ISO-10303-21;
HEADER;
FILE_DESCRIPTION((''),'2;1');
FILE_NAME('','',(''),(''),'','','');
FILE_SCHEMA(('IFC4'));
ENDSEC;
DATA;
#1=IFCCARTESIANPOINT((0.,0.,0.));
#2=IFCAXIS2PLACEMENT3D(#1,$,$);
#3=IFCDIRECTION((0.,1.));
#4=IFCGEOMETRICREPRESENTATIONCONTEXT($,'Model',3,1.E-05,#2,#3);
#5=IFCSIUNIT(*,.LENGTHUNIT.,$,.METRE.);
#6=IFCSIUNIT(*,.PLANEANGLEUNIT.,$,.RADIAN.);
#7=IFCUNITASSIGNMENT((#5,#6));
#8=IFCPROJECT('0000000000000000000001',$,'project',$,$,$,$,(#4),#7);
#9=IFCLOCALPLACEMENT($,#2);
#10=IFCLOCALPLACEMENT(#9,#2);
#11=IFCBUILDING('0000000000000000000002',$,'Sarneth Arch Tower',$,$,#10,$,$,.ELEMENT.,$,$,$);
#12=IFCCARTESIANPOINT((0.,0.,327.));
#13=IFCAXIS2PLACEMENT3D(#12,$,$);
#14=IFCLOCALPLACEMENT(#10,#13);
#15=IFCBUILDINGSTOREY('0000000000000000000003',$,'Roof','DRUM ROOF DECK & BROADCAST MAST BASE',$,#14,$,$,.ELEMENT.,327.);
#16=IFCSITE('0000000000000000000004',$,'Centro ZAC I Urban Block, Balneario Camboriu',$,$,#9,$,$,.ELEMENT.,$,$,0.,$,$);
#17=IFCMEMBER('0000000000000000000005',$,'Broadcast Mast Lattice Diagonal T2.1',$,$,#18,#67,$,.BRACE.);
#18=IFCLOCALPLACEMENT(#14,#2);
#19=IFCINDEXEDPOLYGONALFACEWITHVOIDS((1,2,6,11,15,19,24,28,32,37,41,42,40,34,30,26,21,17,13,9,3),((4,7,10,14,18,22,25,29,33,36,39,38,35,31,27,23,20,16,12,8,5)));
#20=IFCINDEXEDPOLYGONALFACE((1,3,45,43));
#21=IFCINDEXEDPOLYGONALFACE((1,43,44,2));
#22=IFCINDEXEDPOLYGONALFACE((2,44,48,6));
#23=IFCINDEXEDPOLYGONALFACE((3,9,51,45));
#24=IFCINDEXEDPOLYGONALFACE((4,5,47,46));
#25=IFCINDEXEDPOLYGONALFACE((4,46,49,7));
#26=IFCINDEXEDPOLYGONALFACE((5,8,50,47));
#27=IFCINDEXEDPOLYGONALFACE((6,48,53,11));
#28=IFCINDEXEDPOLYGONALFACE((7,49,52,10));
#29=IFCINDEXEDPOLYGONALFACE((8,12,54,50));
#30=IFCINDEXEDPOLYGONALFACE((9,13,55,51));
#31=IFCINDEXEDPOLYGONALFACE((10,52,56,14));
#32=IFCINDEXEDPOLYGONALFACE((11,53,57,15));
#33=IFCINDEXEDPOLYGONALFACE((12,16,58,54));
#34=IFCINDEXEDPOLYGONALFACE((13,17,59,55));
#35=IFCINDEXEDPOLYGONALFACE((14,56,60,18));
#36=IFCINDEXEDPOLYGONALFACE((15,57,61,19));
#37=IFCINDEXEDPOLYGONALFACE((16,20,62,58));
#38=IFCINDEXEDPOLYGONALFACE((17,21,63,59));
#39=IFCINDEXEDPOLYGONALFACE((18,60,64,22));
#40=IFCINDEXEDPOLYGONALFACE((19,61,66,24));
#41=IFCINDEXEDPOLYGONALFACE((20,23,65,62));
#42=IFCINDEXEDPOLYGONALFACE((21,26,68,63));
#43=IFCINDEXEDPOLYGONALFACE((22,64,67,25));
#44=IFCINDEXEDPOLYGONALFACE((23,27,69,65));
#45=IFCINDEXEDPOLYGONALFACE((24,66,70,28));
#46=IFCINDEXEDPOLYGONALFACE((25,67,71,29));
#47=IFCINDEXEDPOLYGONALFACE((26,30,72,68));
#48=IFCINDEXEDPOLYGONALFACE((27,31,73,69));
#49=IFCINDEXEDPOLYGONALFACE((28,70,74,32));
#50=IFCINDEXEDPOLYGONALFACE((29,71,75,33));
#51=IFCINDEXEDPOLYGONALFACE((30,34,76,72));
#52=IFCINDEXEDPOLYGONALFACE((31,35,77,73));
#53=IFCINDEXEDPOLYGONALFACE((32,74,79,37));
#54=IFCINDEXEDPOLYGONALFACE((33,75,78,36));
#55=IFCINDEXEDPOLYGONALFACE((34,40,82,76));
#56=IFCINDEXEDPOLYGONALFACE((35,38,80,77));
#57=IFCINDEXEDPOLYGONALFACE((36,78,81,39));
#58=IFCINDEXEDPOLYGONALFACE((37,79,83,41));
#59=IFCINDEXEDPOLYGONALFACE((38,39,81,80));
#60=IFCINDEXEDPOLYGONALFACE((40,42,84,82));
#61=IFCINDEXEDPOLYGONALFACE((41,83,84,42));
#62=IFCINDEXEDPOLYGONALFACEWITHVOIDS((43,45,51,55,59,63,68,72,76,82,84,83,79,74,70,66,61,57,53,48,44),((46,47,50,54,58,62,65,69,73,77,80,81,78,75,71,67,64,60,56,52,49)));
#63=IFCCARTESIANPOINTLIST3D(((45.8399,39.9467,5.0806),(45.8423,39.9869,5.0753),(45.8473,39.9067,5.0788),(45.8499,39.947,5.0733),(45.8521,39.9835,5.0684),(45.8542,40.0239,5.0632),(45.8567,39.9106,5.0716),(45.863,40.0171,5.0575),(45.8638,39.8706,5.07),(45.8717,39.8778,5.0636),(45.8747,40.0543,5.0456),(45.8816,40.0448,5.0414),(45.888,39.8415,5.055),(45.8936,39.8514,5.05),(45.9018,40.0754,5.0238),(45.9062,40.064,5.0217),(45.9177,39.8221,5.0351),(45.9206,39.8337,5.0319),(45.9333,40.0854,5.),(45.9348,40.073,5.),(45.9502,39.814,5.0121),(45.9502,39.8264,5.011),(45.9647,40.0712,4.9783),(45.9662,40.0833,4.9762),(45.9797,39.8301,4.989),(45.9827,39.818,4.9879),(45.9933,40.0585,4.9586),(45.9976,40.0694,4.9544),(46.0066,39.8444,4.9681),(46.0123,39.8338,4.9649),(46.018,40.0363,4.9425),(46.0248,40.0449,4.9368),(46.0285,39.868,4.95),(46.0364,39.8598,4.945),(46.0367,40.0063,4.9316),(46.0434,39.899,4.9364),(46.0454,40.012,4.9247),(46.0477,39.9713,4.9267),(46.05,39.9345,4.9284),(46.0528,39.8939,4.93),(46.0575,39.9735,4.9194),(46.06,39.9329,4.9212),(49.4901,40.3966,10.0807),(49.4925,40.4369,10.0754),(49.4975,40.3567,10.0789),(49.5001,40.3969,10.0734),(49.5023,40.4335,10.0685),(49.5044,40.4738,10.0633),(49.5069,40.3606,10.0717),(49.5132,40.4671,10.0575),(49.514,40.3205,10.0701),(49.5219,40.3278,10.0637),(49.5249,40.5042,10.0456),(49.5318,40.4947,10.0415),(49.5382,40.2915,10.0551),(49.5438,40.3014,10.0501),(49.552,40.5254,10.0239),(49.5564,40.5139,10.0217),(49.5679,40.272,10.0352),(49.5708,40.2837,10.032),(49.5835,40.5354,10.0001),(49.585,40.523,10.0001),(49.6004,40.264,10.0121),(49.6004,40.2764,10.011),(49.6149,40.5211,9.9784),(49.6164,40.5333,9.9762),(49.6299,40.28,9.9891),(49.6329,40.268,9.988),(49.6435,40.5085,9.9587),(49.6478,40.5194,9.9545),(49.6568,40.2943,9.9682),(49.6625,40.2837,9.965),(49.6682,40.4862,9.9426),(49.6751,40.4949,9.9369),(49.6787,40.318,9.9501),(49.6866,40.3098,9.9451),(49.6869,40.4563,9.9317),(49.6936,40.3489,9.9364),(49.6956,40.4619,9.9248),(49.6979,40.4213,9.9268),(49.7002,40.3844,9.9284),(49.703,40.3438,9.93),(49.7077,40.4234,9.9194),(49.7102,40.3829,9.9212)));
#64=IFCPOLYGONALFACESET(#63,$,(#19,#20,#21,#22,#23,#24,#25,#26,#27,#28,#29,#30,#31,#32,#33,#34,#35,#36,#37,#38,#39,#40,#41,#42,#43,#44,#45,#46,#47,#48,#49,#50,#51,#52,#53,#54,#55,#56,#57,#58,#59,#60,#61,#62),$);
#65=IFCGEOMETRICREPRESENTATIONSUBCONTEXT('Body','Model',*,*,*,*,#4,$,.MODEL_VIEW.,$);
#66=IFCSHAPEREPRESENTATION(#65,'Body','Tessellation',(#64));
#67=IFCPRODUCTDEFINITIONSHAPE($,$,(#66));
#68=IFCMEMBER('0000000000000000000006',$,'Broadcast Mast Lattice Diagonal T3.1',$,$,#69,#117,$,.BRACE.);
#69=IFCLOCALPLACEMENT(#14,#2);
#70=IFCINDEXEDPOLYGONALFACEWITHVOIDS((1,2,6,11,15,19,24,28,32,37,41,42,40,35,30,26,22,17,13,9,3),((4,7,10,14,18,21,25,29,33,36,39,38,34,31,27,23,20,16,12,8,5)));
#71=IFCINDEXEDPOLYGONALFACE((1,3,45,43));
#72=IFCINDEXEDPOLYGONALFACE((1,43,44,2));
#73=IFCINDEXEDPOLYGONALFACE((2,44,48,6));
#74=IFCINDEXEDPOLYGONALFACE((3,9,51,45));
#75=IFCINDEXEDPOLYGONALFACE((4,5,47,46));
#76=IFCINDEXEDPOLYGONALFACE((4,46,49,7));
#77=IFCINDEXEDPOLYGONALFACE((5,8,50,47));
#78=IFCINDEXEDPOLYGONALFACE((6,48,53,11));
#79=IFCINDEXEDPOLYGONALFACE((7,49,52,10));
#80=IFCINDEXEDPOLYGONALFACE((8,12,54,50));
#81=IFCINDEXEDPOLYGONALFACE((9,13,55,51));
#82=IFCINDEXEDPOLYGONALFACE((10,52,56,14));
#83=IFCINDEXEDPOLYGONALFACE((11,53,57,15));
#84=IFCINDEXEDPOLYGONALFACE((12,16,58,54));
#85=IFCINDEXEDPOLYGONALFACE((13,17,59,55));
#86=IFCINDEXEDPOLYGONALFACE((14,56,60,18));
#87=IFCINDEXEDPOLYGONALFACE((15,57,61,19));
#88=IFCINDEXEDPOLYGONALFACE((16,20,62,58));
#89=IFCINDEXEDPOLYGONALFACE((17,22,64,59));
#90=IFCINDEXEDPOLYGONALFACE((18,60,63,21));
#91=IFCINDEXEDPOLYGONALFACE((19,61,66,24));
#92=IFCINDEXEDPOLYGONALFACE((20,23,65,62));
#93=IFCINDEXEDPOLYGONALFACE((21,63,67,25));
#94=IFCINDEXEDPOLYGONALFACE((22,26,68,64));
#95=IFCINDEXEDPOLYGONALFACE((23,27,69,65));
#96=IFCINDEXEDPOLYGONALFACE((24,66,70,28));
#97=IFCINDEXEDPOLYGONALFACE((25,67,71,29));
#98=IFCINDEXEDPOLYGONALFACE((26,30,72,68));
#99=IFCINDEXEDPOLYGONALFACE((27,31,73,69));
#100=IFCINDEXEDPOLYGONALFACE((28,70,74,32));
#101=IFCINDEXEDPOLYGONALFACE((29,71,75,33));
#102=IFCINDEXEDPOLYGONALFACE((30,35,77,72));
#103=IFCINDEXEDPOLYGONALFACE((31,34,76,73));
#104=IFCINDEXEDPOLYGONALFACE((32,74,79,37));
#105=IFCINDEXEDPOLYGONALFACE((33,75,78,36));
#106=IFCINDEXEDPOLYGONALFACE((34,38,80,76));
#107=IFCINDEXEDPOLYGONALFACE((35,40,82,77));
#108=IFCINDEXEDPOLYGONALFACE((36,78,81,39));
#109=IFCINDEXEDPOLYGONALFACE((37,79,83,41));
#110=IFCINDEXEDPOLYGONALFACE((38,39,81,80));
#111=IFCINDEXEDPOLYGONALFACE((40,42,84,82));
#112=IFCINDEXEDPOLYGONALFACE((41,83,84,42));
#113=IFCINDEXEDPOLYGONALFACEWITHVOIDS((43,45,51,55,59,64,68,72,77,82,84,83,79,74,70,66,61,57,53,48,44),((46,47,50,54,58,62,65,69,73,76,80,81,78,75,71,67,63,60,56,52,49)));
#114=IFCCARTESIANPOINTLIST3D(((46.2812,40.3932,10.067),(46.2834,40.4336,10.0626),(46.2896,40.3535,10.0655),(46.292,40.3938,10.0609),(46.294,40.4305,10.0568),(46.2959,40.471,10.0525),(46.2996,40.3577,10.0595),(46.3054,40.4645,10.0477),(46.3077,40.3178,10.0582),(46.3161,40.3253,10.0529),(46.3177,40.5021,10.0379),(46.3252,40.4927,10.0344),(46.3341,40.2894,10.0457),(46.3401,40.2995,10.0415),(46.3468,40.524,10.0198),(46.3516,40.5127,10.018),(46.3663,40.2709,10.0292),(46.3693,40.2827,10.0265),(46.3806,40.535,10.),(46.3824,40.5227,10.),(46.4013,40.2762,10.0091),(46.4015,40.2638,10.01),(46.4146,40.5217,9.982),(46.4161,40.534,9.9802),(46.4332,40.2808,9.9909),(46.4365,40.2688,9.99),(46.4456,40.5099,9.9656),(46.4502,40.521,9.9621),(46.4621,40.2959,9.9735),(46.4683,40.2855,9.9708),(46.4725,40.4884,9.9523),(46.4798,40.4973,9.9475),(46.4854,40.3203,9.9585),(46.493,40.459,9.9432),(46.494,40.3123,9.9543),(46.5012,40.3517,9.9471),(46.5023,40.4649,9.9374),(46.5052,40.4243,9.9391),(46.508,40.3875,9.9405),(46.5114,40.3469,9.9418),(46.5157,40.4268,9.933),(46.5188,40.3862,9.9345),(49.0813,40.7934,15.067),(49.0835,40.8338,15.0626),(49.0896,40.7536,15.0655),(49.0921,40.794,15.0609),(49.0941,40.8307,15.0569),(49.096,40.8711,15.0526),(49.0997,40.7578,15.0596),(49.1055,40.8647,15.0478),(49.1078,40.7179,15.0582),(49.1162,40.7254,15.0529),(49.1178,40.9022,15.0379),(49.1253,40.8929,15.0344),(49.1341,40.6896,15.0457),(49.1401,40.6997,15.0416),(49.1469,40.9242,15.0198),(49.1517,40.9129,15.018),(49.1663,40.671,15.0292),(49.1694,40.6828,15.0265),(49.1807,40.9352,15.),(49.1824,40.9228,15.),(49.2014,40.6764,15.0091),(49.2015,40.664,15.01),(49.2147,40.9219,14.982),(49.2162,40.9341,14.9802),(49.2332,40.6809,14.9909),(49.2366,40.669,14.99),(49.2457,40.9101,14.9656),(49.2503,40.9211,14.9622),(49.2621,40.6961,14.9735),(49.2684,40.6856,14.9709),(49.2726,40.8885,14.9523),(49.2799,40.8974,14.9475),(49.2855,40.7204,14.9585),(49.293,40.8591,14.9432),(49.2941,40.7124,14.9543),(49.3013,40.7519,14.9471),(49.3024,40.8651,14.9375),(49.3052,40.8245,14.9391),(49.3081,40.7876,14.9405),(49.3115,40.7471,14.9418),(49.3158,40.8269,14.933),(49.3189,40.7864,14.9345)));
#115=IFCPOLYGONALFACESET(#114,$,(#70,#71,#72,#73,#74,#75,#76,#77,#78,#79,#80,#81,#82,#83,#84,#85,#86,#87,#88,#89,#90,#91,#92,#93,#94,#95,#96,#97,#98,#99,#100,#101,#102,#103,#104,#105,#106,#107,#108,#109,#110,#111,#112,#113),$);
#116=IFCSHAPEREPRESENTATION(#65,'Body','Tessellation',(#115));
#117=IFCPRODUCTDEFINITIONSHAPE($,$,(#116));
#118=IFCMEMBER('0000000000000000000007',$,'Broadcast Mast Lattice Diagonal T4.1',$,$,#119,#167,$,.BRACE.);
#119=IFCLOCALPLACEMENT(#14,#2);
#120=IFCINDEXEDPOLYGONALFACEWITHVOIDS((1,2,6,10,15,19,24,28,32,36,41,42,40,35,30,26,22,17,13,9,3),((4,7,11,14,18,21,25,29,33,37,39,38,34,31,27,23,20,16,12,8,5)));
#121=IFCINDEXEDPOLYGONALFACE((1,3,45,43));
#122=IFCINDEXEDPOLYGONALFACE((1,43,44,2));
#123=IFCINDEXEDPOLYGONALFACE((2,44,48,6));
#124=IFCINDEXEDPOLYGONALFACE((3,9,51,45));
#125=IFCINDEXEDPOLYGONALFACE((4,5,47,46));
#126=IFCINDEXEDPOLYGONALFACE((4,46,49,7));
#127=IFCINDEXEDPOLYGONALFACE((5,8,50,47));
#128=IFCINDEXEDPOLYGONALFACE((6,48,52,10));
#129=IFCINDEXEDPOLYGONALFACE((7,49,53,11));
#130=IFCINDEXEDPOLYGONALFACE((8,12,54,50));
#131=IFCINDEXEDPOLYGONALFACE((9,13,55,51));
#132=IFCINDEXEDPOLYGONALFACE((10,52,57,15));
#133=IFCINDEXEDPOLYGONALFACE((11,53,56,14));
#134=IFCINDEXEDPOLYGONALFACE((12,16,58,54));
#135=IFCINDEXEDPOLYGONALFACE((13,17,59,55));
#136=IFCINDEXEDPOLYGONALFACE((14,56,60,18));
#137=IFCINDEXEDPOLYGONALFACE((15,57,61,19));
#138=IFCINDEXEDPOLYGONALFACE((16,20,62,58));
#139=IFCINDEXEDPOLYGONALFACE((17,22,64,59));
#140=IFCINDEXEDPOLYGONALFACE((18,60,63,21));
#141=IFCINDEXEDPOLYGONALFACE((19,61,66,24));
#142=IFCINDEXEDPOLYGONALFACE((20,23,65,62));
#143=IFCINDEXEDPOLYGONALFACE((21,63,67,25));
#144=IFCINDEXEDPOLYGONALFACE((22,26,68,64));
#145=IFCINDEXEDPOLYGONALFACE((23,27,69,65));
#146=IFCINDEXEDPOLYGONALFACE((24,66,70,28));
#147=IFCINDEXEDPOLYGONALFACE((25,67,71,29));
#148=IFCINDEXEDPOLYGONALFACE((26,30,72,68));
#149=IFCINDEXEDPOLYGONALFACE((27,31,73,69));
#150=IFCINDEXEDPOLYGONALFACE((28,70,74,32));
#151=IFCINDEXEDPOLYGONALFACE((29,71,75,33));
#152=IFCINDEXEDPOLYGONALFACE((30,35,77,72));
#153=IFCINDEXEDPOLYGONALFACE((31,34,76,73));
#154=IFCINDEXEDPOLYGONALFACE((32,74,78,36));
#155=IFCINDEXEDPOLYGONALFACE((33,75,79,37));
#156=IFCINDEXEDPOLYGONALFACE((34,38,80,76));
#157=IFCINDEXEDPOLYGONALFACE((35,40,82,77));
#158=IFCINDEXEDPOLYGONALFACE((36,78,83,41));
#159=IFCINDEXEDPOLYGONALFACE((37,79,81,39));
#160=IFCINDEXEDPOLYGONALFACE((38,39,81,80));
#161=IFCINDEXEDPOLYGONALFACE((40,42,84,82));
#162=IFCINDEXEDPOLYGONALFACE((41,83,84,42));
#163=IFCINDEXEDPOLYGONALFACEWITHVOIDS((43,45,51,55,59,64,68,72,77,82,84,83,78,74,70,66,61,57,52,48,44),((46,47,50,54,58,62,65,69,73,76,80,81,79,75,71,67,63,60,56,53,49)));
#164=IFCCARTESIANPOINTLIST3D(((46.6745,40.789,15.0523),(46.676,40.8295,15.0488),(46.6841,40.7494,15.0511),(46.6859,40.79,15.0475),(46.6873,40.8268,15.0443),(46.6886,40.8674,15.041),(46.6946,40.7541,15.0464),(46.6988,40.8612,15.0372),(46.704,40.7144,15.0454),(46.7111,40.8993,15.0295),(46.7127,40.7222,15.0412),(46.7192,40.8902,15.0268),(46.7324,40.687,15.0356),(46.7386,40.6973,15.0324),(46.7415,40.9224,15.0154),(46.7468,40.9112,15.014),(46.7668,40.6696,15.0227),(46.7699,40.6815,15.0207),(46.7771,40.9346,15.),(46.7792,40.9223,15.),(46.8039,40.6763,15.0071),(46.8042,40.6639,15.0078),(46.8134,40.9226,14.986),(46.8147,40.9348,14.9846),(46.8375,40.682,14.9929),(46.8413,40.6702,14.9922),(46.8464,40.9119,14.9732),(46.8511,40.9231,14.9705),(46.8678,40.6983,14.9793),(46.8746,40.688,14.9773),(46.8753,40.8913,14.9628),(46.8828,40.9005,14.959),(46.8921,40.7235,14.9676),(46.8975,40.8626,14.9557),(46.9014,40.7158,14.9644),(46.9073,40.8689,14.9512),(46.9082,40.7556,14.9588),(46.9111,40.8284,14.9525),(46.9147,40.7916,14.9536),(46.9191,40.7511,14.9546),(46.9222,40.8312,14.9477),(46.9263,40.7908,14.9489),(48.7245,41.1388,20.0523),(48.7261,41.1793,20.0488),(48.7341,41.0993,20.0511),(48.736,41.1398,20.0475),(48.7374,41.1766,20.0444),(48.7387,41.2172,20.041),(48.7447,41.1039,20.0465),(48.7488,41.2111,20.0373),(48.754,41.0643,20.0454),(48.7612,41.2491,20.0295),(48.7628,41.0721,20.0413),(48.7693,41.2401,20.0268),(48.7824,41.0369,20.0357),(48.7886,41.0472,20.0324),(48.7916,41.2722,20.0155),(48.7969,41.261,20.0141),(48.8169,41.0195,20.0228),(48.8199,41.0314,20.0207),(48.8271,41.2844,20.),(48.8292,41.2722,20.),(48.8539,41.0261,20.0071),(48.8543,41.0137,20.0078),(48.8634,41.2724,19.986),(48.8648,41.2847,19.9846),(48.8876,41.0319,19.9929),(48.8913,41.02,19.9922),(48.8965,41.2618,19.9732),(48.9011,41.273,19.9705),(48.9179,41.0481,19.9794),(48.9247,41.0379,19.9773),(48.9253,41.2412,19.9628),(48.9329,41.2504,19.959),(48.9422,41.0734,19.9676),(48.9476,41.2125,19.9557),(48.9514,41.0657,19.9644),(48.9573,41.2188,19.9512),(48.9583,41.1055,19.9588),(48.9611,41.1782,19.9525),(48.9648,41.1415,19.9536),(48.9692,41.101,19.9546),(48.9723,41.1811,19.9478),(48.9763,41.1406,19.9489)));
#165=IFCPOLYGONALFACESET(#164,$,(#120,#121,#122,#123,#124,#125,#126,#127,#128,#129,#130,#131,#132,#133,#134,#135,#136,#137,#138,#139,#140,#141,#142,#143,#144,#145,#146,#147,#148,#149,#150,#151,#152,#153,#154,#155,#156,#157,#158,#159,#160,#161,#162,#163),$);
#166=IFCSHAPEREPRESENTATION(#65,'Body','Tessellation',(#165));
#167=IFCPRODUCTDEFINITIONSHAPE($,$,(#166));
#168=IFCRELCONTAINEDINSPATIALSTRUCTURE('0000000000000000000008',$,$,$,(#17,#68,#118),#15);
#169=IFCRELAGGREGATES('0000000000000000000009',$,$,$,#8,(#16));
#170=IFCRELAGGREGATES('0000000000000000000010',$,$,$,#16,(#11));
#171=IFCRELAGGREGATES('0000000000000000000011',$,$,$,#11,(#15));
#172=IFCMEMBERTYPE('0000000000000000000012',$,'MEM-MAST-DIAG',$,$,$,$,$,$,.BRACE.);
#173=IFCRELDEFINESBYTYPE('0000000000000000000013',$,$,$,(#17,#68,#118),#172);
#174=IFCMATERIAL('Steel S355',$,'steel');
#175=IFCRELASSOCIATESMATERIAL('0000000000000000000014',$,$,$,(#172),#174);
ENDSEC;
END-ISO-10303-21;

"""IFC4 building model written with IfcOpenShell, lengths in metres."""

from ifc_helpers import new_model, si_unit, direction, frame, origin, origin_2d, place, context, subcontext, project, spatial, hollow_circle, extrude, material, material_profile, profile_set, type_object, element, save


model = new_model("IFC4")

# Units and contexts
model_context = context("Model", 3, precision=1e-05, world=origin(), true_north=direction((0.0, 1.0)))
body_context = subcontext(model_context, "Body", "Model", "MODEL_VIEW")
ifc_project = project(units=[si_unit("LENGTHUNIT", "METRE"), si_unit("PLANEANGLEUNIT", "RADIAN")], contexts=[model_context])

# Site, building, storey
site_placement = place(None, origin())
site = spatial("IfcSite", under=ifc_project, at=site_placement, Name="Centro ZAC I Urban Block, Balneario Camboriu", CompositionType="ELEMENT", RefElevation=0.0)
building_placement = place(site_placement, origin())
building = spatial("IfcBuilding", under=site, at=building_placement, Name="Sarneth Arch Tower", CompositionType="ELEMENT")
storey_placement = place(building_placement, frame((0.0, 0.0, 327.0)))
storey = spatial("IfcBuildingStorey", under=building, at=storey_placement, Name="Roof", Description="DRUM ROOF DECK & BROADCAST MAST BASE", CompositionType="ELEMENT", Elevation=327.0)

# Members
ifc_material_1 = material(Name="Steel S355", Category="steel")
ifc_material_profile_1 = material_profile(ifc_material_1, hollow_circle(Radius=0.1365, WallThickness=0.0125, at=origin_2d()), Name="CHS273x12.5")
ifc_profile_set_1 = profile_set([ifc_material_profile_1], Name="Steel S355")
member_type_1 = type_object("IfcMemberType", Name="MEM-MAST-DIAG", PredefinedType="BRACE", material=ifc_profile_set_1)
member_1_placement = place(storey_placement, frame((45.95, 39.95, 5.0), z_axis=(0.588076, 0.072492, 0.805551), x_axis=(-0.122343, 0.992488, 0.0)))
element("IfcMember", 1, at=member_1_placement, inside=storey, type_object=member_type_1, Name="Broadcast Mast Lattice Diagonal T2.1", PredefinedType="BRACE", context=body_context, shape_type="SweptSolid", body=[
    extrude(hollow_circle(Radius=0.1365, WallThickness=0.0125, at=origin_2d()), origin(), (0.0, 0.0, 1.0), 6.207),
])
member_2_placement = place(storey_placement, frame((46.3999, 40.3999, 10.0), z_axis=(0.487423, 0.069656, 0.870383), x_axis=(-0.14147, 0.989943, 0.0)))
element("IfcMember", 2, at=member_2_placement, inside=storey, type_object=member_type_1, Name="Broadcast Mast Lattice Diagonal T3.1", PredefinedType="BRACE", context=body_context, shape_type="SweptSolid", body=[
    extrude(hollow_circle(Radius=0.1365, WallThickness=0.0125, at=origin_2d()), origin(), (0.0, 0.0, 1.0), 5.7446),
])
member_3_placement = place(storey_placement, frame((46.8, 40.8, 15.0), z_axis=(0.378568, 0.064605, 0.923316), x_axis=(-0.168224, 0.985749, 0.0)))
element("IfcMember", 3, at=member_3_placement, inside=storey, type_object=member_type_1, Name="Broadcast Mast Lattice Diagonal T4.1", PredefinedType="BRACE", context=body_context, shape_type="SweptSolid", body=[
    extrude(hollow_circle(Radius=0.1365, WallThickness=0.0125, at=origin_2d()), origin(), (0.0, 0.0, 1.0), 5.4153),
])

save(model, "model.ifc")
